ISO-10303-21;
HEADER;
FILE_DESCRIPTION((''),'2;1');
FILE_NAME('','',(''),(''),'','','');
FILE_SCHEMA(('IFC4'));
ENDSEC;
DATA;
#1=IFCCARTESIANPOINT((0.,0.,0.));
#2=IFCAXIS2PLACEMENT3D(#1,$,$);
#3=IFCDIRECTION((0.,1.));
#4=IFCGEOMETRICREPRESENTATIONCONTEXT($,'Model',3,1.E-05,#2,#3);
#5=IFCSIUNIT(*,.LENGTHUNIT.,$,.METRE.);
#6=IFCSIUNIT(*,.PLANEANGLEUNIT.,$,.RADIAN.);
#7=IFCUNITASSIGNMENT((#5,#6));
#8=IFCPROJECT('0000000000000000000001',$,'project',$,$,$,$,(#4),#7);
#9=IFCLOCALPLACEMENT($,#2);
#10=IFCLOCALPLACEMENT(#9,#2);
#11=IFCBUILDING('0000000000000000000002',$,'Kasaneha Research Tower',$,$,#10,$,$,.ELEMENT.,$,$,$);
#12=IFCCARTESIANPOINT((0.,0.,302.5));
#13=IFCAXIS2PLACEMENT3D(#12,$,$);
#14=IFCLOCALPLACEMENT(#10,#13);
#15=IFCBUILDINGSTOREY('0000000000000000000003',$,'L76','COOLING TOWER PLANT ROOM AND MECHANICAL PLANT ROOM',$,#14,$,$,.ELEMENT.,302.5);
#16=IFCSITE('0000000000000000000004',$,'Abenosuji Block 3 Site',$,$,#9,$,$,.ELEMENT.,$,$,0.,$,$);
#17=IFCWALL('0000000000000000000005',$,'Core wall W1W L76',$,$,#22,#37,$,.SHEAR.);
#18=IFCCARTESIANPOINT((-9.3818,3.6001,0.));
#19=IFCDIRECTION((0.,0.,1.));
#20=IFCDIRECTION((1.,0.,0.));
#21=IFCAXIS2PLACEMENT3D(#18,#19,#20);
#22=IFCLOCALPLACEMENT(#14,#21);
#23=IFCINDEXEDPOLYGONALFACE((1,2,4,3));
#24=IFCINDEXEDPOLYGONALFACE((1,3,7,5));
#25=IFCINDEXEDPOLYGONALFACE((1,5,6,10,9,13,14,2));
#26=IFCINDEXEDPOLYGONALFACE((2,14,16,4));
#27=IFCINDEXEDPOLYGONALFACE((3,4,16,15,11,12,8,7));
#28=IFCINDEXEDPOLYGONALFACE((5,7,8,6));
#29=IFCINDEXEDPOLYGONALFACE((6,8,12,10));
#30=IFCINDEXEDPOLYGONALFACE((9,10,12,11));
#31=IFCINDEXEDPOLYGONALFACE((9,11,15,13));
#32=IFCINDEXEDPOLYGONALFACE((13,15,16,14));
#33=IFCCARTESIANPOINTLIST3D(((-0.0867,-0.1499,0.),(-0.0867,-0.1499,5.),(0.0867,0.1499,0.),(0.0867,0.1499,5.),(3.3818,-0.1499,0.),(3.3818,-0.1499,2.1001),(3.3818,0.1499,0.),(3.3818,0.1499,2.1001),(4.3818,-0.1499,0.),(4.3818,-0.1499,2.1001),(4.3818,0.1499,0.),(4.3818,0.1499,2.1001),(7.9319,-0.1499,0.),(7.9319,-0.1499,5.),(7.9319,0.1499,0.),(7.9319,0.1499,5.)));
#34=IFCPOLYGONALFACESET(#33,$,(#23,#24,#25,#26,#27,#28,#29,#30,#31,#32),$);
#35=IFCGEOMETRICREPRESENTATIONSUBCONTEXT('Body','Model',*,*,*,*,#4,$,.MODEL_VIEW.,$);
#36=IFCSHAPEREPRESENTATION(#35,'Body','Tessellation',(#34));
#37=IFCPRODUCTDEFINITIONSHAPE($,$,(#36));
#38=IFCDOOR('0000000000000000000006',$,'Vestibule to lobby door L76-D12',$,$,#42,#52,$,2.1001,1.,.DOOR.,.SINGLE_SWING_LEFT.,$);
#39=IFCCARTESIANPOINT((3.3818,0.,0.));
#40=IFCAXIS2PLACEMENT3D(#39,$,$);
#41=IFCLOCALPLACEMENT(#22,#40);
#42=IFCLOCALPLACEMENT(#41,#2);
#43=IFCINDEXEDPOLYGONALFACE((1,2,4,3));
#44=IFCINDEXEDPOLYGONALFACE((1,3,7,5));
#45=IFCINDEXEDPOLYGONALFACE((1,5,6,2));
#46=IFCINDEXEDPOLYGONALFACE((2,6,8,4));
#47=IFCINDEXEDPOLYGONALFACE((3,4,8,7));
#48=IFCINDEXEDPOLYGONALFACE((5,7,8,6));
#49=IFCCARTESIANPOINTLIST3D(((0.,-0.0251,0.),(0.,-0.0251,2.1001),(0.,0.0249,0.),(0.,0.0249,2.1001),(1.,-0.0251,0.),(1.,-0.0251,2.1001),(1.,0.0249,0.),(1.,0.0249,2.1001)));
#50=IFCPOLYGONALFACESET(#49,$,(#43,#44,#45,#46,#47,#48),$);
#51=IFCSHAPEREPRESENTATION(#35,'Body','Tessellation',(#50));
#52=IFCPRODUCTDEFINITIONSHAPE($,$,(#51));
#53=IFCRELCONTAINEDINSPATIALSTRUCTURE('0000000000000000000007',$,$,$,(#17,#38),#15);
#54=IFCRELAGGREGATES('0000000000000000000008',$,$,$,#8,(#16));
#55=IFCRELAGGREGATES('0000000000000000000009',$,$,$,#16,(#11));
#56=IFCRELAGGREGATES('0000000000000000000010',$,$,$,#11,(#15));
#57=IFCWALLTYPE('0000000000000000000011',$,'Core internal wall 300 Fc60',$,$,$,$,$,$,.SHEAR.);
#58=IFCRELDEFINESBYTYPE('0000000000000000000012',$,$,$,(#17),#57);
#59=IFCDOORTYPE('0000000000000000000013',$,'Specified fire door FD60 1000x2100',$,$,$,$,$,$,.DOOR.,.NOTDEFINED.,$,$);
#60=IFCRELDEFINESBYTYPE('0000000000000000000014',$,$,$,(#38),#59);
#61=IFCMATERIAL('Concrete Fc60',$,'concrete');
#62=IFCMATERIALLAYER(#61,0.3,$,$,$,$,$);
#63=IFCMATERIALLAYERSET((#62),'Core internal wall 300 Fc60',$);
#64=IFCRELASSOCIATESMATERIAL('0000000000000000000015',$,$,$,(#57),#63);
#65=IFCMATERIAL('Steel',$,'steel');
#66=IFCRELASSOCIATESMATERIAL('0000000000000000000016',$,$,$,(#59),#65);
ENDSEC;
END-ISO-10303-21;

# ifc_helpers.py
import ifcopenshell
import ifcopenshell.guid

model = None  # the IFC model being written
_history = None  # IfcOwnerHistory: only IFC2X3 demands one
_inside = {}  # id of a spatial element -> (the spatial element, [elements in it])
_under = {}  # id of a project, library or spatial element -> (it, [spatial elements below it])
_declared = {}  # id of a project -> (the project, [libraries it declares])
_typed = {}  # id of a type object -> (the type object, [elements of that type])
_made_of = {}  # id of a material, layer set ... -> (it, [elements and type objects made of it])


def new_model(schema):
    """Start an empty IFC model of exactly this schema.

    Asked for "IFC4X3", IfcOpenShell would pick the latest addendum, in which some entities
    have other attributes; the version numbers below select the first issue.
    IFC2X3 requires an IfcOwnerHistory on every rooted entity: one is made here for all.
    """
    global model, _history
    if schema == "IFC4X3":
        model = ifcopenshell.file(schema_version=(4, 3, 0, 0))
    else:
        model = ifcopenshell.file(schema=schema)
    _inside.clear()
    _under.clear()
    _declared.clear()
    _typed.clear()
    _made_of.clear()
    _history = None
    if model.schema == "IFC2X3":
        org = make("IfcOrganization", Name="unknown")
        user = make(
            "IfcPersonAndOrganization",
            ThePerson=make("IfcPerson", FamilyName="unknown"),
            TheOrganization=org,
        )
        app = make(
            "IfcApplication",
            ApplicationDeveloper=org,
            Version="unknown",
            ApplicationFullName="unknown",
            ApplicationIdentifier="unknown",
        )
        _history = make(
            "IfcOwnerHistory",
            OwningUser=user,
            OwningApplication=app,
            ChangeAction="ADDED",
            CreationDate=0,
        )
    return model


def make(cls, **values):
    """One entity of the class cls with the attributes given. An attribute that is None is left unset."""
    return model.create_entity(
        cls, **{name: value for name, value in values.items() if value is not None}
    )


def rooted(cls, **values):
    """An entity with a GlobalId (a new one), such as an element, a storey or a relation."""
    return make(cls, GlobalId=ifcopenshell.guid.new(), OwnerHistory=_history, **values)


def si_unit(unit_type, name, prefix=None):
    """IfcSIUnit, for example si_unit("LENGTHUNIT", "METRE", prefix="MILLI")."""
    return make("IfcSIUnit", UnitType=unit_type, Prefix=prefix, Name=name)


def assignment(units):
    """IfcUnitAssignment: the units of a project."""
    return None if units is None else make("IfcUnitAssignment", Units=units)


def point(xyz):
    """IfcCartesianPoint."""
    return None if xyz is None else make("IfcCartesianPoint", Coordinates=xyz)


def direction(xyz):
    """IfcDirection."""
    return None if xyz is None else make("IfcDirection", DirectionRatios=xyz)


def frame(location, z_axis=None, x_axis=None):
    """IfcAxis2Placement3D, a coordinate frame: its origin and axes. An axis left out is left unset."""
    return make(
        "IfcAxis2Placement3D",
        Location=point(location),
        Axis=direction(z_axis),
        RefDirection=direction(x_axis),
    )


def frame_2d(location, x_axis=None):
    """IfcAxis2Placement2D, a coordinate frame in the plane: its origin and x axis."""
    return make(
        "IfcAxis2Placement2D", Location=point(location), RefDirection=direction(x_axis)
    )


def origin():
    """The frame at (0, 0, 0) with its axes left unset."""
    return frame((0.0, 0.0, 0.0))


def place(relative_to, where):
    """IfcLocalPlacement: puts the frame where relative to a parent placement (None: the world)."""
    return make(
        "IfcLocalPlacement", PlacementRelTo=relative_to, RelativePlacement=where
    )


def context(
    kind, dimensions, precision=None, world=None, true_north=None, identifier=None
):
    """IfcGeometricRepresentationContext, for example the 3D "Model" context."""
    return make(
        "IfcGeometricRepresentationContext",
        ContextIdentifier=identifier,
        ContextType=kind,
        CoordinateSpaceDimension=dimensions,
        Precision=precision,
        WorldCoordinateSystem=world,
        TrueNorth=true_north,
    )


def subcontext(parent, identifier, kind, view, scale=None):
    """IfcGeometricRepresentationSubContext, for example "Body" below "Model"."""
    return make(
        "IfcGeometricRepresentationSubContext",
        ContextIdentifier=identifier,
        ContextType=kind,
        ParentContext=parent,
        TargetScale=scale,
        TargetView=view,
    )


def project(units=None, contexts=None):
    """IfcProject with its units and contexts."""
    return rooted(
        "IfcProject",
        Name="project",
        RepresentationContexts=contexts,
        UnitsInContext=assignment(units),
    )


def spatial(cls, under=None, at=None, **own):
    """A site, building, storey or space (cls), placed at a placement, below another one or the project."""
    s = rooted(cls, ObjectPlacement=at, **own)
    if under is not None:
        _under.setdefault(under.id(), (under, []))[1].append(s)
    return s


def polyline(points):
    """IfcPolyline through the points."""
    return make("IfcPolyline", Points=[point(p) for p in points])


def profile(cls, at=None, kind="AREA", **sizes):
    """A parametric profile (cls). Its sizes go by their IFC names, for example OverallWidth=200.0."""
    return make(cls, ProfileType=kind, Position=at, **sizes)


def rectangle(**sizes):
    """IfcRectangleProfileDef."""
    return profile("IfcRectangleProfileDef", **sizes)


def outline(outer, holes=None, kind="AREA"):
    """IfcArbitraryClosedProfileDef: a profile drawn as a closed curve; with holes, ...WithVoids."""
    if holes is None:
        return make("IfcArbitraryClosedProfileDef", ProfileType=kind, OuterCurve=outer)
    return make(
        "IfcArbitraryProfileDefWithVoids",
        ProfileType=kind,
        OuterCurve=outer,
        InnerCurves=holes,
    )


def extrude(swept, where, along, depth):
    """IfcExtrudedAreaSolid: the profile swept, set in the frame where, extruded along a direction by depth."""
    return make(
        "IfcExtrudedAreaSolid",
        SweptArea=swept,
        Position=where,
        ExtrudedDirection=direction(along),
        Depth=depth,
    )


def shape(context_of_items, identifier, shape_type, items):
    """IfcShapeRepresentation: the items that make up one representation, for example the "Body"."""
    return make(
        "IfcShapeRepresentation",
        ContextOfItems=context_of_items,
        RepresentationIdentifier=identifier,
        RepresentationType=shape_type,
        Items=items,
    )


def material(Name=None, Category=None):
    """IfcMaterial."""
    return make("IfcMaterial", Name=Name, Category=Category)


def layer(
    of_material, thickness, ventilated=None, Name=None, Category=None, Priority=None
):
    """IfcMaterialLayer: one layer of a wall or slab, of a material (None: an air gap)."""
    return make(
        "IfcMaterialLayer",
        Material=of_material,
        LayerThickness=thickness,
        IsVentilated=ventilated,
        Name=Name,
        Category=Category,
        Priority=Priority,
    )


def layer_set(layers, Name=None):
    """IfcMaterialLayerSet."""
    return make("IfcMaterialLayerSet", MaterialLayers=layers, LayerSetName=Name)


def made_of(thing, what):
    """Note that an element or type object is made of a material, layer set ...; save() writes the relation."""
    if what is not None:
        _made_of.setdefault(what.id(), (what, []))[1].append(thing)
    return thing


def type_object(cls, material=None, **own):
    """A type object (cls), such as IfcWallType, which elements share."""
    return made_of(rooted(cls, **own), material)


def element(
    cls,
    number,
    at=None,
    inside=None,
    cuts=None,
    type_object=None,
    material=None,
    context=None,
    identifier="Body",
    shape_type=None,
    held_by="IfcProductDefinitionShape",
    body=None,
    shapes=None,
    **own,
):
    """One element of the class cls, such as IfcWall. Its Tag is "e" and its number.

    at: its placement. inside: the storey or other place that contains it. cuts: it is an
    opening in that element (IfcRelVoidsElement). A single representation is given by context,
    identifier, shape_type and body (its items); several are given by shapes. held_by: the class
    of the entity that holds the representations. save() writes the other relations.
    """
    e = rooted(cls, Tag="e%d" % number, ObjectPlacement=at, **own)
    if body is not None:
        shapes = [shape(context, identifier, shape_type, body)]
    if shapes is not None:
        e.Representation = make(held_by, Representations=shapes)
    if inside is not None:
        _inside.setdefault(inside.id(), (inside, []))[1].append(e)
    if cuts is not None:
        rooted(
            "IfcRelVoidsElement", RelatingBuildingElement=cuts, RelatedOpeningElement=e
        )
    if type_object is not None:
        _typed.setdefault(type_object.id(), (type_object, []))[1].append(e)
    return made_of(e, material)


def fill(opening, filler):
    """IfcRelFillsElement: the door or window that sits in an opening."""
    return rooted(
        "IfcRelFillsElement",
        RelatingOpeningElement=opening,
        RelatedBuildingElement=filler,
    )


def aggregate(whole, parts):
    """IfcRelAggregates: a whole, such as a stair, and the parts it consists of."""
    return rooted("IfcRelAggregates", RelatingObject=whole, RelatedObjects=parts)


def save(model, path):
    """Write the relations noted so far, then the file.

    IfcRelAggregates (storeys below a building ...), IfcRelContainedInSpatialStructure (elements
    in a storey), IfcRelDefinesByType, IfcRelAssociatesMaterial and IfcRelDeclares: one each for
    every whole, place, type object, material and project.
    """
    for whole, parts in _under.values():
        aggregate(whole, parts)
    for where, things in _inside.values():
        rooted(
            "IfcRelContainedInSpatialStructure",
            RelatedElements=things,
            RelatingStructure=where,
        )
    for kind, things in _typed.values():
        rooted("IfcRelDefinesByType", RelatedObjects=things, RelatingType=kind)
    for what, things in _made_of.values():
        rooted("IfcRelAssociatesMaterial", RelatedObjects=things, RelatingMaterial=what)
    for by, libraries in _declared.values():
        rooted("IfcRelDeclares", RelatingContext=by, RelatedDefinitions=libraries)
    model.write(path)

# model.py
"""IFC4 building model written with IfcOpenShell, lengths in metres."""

from ifc_helpers import new_model, si_unit, direction, frame, frame_2d, origin, place, context, subcontext, project, spatial, polyline, rectangle, outline, extrude, material, layer, layer_set, type_object, element, fill, save


model = new_model("IFC4")

# Units and contexts
model_context = context("Model", 3, precision=1e-05, world=origin(), true_north=direction((0.0, 1.0)))
body_context = subcontext(model_context, "Body", "Model", "MODEL_VIEW")
ifc_project = project(units=[si_unit("LENGTHUNIT", "METRE"), si_unit("PLANEANGLEUNIT", "RADIAN")], contexts=[model_context])

# Site, building, storey
site_placement = place(None, origin())
site = spatial("IfcSite", under=ifc_project, at=site_placement, Name="Abenosuji Block 3 Site", CompositionType="ELEMENT", RefElevation=0.0)
building_placement = place(site_placement, origin())
building = spatial("IfcBuilding", under=site, at=building_placement, Name="Kasaneha Research Tower", CompositionType="ELEMENT")
storey_placement = place(building_placement, frame((0.0, 0.0, 302.5)))
storey = spatial("IfcBuildingStorey", under=building, at=storey_placement, Name="L76", Description="COOLING TOWER PLANT ROOM AND MECHANICAL PLANT ROOM", CompositionType="ELEMENT", Elevation=302.5)

# Wall, opening, door
ifc_material_1 = material(Name="Concrete Fc60", Category="concrete")
ifc_layer_1 = layer(ifc_material_1, 0.3)
ifc_layer_set_1 = layer_set([ifc_layer_1], Name="Core internal wall 300 Fc60")
wall_type_1 = type_object("IfcWallType", Name="Core internal wall 300 Fc60", PredefinedType="SHEAR", material=ifc_layer_set_1)
wall_1_placement = place(storey_placement, frame((-9.3818, 3.6001, 0.0), z_axis=(0.0, 0.0, 1.0), x_axis=(1.0, 0.0, 0.0)))
wall_1 = element("IfcWall", 1, at=wall_1_placement, inside=storey, type_object=wall_type_1, Name="Core wall W1W L76", PredefinedType="SHEAR", context=body_context, shape_type="SweptSolid", body=[
    extrude(outline(polyline([(-0.0867, -0.1499), (3.3818, -0.1499), (4.3818, -0.1499), (7.9319, -0.1499), (7.9319, 0.1499), (4.3818, 0.1499), (3.3818, 0.1499), (0.0867, 0.1499), (-0.0867, -0.1499)])), origin(), (0.0, 0.0, 1.0), 5.0),
])
opening_1_placement = place(wall_1_placement, frame((3.3818, 0.0, 0.0)))
opening_1 = element("IfcOpeningElement", 2, at=opening_1_placement, cuts=wall_1, PredefinedType="OPENING", context=body_context, shape_type="SweptSolid", body=[
    extrude(rectangle(XDim=1.0, YDim=2.1001, at=frame_2d((0.5, 1.05))), frame((0.0, 0.1602, 0.0), z_axis=(0.0, -1.0, 0.0), x_axis=(1.0, 0.0, 0.0)), (0.0, 0.0, 1.0), 0.3201),
])
ifc_material_2 = material(Name="Steel", Category="steel")
door_type_1 = type_object("IfcDoorType", Name="Specified fire door FD60 1000x2100", OperationType="NOTDEFINED", PredefinedType="DOOR", material=ifc_material_2)
door_1_placement = place(opening_1_placement, origin())
door_1 = element("IfcDoor", 3, at=door_1_placement, inside=storey, type_object=door_type_1, Name="Vestibule to lobby door L76-D12", OperationType="SINGLE_SWING_LEFT", OverallHeight=2.1001, OverallWidth=1.0, PredefinedType="DOOR", context=body_context, shape_type="SweptSolid", body=[
    extrude(rectangle(XDim=1.0, YDim=2.1001, at=frame_2d((0.5, 1.05))), frame((0.0, 0.0249, 0.0), z_axis=(0.0, -1.0, 0.0), x_axis=(1.0, 0.0, 0.0)), (0.0, 0.0, 1.0), 0.05),
])
fill(opening_1, door_1)

save(model, "model.ifc")
